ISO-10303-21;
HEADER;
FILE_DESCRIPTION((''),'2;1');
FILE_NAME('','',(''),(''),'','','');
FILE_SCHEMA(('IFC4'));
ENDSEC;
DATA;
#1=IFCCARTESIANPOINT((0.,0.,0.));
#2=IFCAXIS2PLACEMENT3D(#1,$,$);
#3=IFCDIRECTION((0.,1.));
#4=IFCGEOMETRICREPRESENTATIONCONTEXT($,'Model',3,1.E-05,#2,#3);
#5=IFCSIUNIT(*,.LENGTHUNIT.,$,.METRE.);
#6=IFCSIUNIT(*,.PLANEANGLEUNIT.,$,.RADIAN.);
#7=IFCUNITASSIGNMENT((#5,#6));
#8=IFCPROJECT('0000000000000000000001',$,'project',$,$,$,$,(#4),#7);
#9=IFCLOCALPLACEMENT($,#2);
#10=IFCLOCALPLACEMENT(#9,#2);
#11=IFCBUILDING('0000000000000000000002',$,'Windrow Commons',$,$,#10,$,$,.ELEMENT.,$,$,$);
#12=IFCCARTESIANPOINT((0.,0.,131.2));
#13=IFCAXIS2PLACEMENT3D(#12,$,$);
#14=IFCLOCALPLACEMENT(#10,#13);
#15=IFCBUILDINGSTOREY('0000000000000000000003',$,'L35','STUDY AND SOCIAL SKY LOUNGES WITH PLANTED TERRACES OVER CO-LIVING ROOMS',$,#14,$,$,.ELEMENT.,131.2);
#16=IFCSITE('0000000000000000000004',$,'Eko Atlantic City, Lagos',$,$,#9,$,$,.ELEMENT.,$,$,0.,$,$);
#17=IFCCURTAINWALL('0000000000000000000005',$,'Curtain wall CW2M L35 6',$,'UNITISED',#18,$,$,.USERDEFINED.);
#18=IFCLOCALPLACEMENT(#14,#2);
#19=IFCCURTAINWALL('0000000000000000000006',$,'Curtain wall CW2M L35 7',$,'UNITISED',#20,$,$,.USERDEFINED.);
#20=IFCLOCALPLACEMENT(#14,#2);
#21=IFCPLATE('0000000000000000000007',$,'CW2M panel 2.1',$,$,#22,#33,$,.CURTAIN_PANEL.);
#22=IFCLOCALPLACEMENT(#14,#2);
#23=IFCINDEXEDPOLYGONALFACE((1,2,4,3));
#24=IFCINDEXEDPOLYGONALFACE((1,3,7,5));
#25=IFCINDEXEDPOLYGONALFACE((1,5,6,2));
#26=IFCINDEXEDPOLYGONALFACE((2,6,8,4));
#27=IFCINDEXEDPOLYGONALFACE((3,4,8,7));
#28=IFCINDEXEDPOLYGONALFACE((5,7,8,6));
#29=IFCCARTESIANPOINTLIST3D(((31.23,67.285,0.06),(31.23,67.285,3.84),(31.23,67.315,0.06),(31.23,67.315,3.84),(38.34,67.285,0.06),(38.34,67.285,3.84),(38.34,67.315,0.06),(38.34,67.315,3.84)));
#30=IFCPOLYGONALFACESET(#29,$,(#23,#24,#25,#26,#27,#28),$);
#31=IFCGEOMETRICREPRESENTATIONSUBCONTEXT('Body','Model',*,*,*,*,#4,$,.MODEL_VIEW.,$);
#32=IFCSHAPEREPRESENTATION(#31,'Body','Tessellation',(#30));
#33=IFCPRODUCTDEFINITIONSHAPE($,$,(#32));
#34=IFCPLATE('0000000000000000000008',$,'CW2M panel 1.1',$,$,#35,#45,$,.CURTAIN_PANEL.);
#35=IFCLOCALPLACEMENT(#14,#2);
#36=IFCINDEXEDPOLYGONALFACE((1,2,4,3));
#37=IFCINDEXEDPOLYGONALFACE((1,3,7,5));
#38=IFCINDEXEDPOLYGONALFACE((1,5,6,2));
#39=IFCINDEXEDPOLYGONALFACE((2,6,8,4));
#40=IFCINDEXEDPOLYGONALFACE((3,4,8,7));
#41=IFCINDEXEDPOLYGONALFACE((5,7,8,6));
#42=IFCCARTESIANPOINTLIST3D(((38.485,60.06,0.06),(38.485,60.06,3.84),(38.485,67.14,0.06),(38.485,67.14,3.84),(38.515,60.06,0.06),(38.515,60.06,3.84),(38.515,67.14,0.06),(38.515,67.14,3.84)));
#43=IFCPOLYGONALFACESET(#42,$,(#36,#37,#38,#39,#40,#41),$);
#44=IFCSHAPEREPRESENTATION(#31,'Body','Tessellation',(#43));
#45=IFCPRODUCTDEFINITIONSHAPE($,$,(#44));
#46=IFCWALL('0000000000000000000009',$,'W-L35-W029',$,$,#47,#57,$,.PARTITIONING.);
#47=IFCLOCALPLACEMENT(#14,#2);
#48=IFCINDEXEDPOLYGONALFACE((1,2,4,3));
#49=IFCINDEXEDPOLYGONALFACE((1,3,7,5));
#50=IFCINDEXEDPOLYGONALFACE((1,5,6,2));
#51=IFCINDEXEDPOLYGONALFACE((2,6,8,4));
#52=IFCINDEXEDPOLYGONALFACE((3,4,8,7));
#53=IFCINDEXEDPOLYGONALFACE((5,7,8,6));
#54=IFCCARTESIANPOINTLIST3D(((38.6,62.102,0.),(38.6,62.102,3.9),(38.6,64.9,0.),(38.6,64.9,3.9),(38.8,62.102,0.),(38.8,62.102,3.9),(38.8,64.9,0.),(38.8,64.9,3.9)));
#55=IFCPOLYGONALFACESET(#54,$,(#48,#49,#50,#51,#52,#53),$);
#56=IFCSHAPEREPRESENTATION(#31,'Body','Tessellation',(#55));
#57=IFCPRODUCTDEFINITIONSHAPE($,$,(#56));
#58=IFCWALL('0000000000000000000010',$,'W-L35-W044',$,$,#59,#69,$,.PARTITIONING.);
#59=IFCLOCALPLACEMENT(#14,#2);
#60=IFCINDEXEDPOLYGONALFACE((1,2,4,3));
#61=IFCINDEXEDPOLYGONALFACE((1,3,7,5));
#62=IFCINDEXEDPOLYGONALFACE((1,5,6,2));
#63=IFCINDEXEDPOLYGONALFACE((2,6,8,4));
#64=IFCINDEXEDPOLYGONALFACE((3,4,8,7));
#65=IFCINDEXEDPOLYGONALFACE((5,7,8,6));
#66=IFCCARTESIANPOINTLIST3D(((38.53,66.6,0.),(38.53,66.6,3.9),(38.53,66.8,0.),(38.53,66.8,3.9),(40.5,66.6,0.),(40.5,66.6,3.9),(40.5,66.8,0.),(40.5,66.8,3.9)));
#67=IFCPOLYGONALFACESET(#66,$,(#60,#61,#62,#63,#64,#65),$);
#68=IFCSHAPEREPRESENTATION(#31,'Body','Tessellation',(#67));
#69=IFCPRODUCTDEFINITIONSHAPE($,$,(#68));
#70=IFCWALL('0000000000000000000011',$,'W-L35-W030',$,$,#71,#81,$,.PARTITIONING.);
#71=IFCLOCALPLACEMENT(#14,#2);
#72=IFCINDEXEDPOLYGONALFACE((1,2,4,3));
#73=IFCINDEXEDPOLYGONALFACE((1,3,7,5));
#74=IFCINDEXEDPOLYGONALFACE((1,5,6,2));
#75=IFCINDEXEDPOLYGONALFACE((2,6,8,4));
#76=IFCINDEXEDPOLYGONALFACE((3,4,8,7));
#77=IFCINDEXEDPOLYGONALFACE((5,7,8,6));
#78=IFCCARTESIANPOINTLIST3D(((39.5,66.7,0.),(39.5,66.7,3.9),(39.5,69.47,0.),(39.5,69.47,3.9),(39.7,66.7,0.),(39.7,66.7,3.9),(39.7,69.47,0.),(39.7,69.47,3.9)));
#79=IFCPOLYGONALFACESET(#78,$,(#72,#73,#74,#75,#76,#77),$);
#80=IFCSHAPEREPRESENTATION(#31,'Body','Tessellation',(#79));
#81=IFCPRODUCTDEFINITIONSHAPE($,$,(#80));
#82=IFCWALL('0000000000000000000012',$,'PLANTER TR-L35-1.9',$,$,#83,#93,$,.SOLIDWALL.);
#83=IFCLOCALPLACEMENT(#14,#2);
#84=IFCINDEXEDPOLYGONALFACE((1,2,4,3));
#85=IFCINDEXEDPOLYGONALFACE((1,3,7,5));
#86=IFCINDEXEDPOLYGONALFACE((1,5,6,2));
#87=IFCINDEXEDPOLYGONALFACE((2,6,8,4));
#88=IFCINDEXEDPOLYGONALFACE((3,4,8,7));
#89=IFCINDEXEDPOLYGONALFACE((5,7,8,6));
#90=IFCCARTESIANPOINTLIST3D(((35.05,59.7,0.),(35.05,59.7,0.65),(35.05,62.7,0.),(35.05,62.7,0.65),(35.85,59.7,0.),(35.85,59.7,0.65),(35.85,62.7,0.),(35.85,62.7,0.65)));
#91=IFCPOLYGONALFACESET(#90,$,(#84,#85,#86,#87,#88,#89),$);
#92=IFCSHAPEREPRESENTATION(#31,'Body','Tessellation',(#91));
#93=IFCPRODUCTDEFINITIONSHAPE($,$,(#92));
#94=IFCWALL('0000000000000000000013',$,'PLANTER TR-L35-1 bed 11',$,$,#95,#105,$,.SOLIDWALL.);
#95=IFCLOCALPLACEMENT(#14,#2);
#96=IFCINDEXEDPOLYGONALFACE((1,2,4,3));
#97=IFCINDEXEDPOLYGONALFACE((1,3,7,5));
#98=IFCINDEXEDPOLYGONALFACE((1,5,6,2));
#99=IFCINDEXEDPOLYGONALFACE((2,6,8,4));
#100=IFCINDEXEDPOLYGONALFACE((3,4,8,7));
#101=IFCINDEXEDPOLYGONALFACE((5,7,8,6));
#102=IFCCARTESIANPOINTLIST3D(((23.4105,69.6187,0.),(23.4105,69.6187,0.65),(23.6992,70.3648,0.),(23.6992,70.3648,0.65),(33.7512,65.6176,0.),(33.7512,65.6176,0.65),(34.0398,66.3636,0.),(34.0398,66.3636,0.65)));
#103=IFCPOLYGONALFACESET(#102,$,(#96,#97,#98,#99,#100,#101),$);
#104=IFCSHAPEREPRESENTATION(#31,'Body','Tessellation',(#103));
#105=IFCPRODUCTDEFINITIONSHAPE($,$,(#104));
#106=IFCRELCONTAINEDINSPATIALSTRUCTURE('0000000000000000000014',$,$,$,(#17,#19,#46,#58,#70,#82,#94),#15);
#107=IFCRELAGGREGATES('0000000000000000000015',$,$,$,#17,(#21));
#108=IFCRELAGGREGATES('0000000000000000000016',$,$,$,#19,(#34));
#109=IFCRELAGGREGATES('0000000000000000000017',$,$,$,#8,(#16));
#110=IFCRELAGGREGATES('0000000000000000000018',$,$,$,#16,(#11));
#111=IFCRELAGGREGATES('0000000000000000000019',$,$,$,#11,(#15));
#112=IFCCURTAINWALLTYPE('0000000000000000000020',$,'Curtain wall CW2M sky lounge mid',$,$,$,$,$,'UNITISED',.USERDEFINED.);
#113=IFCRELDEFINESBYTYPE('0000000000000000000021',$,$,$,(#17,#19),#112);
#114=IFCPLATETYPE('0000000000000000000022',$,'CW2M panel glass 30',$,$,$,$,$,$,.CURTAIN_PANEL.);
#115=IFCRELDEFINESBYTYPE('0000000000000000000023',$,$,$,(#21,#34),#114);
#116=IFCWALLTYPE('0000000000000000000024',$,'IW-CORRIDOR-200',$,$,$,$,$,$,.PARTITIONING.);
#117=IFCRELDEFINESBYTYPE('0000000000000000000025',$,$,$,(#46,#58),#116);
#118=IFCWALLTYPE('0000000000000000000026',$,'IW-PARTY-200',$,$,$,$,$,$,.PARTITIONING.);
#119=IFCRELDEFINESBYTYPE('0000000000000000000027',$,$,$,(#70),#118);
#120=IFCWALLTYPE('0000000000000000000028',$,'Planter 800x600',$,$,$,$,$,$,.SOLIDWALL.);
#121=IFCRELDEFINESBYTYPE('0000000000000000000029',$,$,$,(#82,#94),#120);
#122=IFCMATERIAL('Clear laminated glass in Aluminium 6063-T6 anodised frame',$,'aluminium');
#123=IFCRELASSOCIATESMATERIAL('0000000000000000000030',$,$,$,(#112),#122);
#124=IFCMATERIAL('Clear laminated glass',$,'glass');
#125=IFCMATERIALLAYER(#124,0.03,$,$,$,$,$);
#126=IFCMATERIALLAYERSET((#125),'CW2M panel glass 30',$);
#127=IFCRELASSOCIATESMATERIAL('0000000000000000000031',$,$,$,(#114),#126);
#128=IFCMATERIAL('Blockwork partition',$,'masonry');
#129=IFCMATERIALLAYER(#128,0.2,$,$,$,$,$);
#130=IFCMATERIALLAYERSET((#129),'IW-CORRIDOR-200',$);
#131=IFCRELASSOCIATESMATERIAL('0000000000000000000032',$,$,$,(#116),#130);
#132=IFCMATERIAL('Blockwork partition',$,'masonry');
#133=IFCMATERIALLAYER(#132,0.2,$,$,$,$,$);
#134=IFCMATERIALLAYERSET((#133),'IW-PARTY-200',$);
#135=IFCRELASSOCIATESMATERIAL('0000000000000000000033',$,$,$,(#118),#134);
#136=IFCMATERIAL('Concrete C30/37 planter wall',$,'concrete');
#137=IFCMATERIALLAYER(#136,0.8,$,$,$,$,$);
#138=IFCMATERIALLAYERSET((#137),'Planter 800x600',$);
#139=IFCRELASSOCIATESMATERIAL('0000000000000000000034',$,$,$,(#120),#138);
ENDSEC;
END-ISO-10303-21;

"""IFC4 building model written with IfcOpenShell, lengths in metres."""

from ifc_helpers import new_model, si_unit, direction, frame, frame_2d, origin, origin_2d, place, context, subcontext, project, spatial, rectangle, extrude, material, layer, layer_set, type_object, element, aggregate, save


model = new_model("IFC4")

# Units and contexts
model_context = context("Model", 3, precision=1e-05, world=origin(), true_north=direction((0.0, 1.0)))
body_context = subcontext(model_context, "Body", "Model", "MODEL_VIEW")
ifc_project = project(units=[si_unit("LENGTHUNIT", "METRE"), si_unit("PLANEANGLEUNIT", "RADIAN")], contexts=[model_context])

# Site, building, storey
site_placement = place(None, origin())
site = spatial("IfcSite", under=ifc_project, at=site_placement, Name="Eko Atlantic City, Lagos", CompositionType="ELEMENT", RefElevation=0.0)
building_placement = place(site_placement, origin())
building = spatial("IfcBuilding", under=site, at=building_placement, Name="Windrow Commons", CompositionType="ELEMENT")
storey_placement = place(building_placement, frame((0.0, 0.0, 131.2)))
storey = spatial("IfcBuildingStorey", under=building, at=storey_placement, Name="L35", Description="STUDY AND SOCIAL SKY LOUNGES WITH PLANTED TERRACES OVER CO-LIVING ROOMS", CompositionType="ELEMENT", Elevation=131.2)

# Shared definitions
ifc_material_1 = material(Name="Clear laminated glass in Aluminium 6063-T6 anodised frame", Category="aluminium")
curtain_wall_type = type_object("IfcCurtainWallType", Name="Curtain wall CW2M sky lounge mid", ElementType="UNITISED", PredefinedType="USERDEFINED", material=ifc_material_1)
placement = place(storey_placement, origin())

# Curtain wall
curtain_wall_1 = element("IfcCurtainWall", 1, at=placement, inside=storey, type_object=curtain_wall_type, Name="Curtain wall CW2M L35 6", ObjectType="UNITISED", PredefinedType="USERDEFINED")

# Curtain wall
curtain_wall_2 = element("IfcCurtainWall", 2, at=placement, inside=storey, type_object=curtain_wall_type, Name="Curtain wall CW2M L35 7", ObjectType="UNITISED", PredefinedType="USERDEFINED")

# Plates
ifc_material_2 = material(Name="Clear laminated glass", Category="glass")
ifc_layer_1 = layer(ifc_material_2, 0.03)
ifc_layer_set_1 = layer_set([ifc_layer_1], Name="CW2M panel glass 30")
plate_type = type_object("IfcPlateType", Name="CW2M panel glass 30", PredefinedType="CURTAIN_PANEL", material=ifc_layer_set_1)
plate_1_placement = place(storey_placement, frame((34.785, 67.3, 0.06), z_axis=(0.0, 0.0, 1.0), x_axis=(1.0, 0.0, 0.0)))
plate_1 = element("IfcPlate", 3, at=plate_1_placement, type_object=plate_type, Name="CW2M panel 2.1", PredefinedType="CURTAIN_PANEL", context=body_context, shape_type="SweptSolid", body=[
    extrude(rectangle(XDim=7.11, YDim=0.03, at=origin_2d()), origin(), (0.0, 0.0, 1.0), 3.78),
])
aggregate(curtain_wall_1, [plate_1])
plate_2_placement = place(storey_placement, frame((38.5, 63.6, 0.06), z_axis=(0.0, 0.0, 1.0), x_axis=(0.0, -1.0, 0.0)))
plate_2 = element("IfcPlate", 4, at=plate_2_placement, type_object=plate_type, Name="CW2M panel 1.1", PredefinedType="CURTAIN_PANEL", context=body_context, shape_type="SweptSolid", body=[
    extrude(rectangle(XDim=7.08, YDim=0.03, at=origin_2d()), origin(), (0.0, 0.0, 1.0), 3.78),
])
aggregate(curtain_wall_2, [plate_2])

# Walls
ifc_material_3 = material(Name="Blockwork partition", Category="masonry")
ifc_layer_2 = layer(ifc_material_3, 0.2)
ifc_layer_set_2 = layer_set([ifc_layer_2], Name="IW-CORRIDOR-200")
wall_type_1 = type_object("IfcWallType", Name="IW-CORRIDOR-200", PredefinedType="PARTITIONING", material=ifc_layer_set_2)
wall_1_placement = place(storey_placement, frame((38.7, 62.102, 0.0), z_axis=(0.0, 0.0, 1.0), x_axis=(0.0, 1.0, 0.0)))
element("IfcWall", 5, at=wall_1_placement, inside=storey, type_object=wall_type_1, Name="W-L35-W029", PredefinedType="PARTITIONING", context=body_context, shape_type="SweptSolid", body=[
    extrude(rectangle(XDim=2.798, YDim=0.2, at=frame_2d((1.399, 0.0))), origin(), (0.0, 0.0, 1.0), 3.9),
])
wall_2_placement = place(storey_placement, frame((38.53, 66.7, 0.0), z_axis=(0.0, 0.0, 1.0), x_axis=(1.0, 0.0, 0.0)))
element("IfcWall", 6, at=wall_2_placement, inside=storey, type_object=wall_type_1, Name="W-L35-W044", PredefinedType="PARTITIONING", context=body_context, shape_type="SweptSolid", body=[
    extrude(rectangle(XDim=1.97, YDim=0.2, at=frame_2d((0.985, 0.0))), origin(), (0.0, 0.0, 1.0), 3.9),
])
ifc_material_4 = material(Name="Blockwork partition", Category="masonry")
ifc_layer_3 = layer(ifc_material_4, 0.2)
ifc_layer_set_3 = layer_set([ifc_layer_3], Name="IW-PARTY-200")
wall_type_2 = type_object("IfcWallType", Name="IW-PARTY-200", PredefinedType="PARTITIONING", material=ifc_layer_set_3)
wall_3_placement = place(storey_placement, frame((39.6, 66.7, 0.0), z_axis=(0.0, 0.0, 1.0), x_axis=(0.0, 1.0, 0.0)))
element("IfcWall", 7, at=wall_3_placement, inside=storey, type_object=wall_type_2, Name="W-L35-W030", PredefinedType="PARTITIONING", context=body_context, shape_type="SweptSolid", body=[
    extrude(rectangle(XDim=2.77, YDim=0.2, at=frame_2d((1.385, 0.0))), origin(), (0.0, 0.0, 1.0), 3.9),
])
ifc_material_5 = material(Name="Concrete C30/37 planter wall", Category="concrete")
ifc_layer_4 = layer(ifc_material_5, 0.8)
ifc_layer_set_4 = layer_set([ifc_layer_4], Name="Planter 800x600")
wall_type_3 = type_object("IfcWallType", Name="Planter 800x600", PredefinedType="SOLIDWALL", material=ifc_layer_set_4)
wall_4_placement = place(storey_placement, frame((35.45, 62.7, 0.0), z_axis=(0.0, 0.0, 1.0), x_axis=(0.0, -1.0, 0.0)))
element("IfcWall", 8, at=wall_4_placement, inside=storey, type_object=wall_type_3, Name="PLANTER TR-L35-1.9", PredefinedType="SOLIDWALL", context=body_context, shape_type="SweptSolid", body=[
    extrude(rectangle(XDim=3.0, YDim=0.8, at=frame_2d((1.5, 0.0))), origin(), (0.0, 0.0, 1.0), 0.65),
])
wall_5_placement = place(storey_placement, frame((33.8955, 65.9906, 0.0), z_axis=(0.0, 0.0, 1.0), x_axis=(-0.932618, 0.360865, 0.0)))
element("IfcWall", 9, at=wall_5_placement, inside=storey, type_object=wall_type_3, Name="PLANTER TR-L35-1 bed 11", PredefinedType="SOLIDWALL", context=body_context, shape_type="SweptSolid", body=[
    extrude(rectangle(XDim=11.0878, YDim=0.8, at=frame_2d((5.5439, 0.0))), origin(), (0.0, 0.0, 1.0), 0.65),
])

save(model, "model.ifc")
